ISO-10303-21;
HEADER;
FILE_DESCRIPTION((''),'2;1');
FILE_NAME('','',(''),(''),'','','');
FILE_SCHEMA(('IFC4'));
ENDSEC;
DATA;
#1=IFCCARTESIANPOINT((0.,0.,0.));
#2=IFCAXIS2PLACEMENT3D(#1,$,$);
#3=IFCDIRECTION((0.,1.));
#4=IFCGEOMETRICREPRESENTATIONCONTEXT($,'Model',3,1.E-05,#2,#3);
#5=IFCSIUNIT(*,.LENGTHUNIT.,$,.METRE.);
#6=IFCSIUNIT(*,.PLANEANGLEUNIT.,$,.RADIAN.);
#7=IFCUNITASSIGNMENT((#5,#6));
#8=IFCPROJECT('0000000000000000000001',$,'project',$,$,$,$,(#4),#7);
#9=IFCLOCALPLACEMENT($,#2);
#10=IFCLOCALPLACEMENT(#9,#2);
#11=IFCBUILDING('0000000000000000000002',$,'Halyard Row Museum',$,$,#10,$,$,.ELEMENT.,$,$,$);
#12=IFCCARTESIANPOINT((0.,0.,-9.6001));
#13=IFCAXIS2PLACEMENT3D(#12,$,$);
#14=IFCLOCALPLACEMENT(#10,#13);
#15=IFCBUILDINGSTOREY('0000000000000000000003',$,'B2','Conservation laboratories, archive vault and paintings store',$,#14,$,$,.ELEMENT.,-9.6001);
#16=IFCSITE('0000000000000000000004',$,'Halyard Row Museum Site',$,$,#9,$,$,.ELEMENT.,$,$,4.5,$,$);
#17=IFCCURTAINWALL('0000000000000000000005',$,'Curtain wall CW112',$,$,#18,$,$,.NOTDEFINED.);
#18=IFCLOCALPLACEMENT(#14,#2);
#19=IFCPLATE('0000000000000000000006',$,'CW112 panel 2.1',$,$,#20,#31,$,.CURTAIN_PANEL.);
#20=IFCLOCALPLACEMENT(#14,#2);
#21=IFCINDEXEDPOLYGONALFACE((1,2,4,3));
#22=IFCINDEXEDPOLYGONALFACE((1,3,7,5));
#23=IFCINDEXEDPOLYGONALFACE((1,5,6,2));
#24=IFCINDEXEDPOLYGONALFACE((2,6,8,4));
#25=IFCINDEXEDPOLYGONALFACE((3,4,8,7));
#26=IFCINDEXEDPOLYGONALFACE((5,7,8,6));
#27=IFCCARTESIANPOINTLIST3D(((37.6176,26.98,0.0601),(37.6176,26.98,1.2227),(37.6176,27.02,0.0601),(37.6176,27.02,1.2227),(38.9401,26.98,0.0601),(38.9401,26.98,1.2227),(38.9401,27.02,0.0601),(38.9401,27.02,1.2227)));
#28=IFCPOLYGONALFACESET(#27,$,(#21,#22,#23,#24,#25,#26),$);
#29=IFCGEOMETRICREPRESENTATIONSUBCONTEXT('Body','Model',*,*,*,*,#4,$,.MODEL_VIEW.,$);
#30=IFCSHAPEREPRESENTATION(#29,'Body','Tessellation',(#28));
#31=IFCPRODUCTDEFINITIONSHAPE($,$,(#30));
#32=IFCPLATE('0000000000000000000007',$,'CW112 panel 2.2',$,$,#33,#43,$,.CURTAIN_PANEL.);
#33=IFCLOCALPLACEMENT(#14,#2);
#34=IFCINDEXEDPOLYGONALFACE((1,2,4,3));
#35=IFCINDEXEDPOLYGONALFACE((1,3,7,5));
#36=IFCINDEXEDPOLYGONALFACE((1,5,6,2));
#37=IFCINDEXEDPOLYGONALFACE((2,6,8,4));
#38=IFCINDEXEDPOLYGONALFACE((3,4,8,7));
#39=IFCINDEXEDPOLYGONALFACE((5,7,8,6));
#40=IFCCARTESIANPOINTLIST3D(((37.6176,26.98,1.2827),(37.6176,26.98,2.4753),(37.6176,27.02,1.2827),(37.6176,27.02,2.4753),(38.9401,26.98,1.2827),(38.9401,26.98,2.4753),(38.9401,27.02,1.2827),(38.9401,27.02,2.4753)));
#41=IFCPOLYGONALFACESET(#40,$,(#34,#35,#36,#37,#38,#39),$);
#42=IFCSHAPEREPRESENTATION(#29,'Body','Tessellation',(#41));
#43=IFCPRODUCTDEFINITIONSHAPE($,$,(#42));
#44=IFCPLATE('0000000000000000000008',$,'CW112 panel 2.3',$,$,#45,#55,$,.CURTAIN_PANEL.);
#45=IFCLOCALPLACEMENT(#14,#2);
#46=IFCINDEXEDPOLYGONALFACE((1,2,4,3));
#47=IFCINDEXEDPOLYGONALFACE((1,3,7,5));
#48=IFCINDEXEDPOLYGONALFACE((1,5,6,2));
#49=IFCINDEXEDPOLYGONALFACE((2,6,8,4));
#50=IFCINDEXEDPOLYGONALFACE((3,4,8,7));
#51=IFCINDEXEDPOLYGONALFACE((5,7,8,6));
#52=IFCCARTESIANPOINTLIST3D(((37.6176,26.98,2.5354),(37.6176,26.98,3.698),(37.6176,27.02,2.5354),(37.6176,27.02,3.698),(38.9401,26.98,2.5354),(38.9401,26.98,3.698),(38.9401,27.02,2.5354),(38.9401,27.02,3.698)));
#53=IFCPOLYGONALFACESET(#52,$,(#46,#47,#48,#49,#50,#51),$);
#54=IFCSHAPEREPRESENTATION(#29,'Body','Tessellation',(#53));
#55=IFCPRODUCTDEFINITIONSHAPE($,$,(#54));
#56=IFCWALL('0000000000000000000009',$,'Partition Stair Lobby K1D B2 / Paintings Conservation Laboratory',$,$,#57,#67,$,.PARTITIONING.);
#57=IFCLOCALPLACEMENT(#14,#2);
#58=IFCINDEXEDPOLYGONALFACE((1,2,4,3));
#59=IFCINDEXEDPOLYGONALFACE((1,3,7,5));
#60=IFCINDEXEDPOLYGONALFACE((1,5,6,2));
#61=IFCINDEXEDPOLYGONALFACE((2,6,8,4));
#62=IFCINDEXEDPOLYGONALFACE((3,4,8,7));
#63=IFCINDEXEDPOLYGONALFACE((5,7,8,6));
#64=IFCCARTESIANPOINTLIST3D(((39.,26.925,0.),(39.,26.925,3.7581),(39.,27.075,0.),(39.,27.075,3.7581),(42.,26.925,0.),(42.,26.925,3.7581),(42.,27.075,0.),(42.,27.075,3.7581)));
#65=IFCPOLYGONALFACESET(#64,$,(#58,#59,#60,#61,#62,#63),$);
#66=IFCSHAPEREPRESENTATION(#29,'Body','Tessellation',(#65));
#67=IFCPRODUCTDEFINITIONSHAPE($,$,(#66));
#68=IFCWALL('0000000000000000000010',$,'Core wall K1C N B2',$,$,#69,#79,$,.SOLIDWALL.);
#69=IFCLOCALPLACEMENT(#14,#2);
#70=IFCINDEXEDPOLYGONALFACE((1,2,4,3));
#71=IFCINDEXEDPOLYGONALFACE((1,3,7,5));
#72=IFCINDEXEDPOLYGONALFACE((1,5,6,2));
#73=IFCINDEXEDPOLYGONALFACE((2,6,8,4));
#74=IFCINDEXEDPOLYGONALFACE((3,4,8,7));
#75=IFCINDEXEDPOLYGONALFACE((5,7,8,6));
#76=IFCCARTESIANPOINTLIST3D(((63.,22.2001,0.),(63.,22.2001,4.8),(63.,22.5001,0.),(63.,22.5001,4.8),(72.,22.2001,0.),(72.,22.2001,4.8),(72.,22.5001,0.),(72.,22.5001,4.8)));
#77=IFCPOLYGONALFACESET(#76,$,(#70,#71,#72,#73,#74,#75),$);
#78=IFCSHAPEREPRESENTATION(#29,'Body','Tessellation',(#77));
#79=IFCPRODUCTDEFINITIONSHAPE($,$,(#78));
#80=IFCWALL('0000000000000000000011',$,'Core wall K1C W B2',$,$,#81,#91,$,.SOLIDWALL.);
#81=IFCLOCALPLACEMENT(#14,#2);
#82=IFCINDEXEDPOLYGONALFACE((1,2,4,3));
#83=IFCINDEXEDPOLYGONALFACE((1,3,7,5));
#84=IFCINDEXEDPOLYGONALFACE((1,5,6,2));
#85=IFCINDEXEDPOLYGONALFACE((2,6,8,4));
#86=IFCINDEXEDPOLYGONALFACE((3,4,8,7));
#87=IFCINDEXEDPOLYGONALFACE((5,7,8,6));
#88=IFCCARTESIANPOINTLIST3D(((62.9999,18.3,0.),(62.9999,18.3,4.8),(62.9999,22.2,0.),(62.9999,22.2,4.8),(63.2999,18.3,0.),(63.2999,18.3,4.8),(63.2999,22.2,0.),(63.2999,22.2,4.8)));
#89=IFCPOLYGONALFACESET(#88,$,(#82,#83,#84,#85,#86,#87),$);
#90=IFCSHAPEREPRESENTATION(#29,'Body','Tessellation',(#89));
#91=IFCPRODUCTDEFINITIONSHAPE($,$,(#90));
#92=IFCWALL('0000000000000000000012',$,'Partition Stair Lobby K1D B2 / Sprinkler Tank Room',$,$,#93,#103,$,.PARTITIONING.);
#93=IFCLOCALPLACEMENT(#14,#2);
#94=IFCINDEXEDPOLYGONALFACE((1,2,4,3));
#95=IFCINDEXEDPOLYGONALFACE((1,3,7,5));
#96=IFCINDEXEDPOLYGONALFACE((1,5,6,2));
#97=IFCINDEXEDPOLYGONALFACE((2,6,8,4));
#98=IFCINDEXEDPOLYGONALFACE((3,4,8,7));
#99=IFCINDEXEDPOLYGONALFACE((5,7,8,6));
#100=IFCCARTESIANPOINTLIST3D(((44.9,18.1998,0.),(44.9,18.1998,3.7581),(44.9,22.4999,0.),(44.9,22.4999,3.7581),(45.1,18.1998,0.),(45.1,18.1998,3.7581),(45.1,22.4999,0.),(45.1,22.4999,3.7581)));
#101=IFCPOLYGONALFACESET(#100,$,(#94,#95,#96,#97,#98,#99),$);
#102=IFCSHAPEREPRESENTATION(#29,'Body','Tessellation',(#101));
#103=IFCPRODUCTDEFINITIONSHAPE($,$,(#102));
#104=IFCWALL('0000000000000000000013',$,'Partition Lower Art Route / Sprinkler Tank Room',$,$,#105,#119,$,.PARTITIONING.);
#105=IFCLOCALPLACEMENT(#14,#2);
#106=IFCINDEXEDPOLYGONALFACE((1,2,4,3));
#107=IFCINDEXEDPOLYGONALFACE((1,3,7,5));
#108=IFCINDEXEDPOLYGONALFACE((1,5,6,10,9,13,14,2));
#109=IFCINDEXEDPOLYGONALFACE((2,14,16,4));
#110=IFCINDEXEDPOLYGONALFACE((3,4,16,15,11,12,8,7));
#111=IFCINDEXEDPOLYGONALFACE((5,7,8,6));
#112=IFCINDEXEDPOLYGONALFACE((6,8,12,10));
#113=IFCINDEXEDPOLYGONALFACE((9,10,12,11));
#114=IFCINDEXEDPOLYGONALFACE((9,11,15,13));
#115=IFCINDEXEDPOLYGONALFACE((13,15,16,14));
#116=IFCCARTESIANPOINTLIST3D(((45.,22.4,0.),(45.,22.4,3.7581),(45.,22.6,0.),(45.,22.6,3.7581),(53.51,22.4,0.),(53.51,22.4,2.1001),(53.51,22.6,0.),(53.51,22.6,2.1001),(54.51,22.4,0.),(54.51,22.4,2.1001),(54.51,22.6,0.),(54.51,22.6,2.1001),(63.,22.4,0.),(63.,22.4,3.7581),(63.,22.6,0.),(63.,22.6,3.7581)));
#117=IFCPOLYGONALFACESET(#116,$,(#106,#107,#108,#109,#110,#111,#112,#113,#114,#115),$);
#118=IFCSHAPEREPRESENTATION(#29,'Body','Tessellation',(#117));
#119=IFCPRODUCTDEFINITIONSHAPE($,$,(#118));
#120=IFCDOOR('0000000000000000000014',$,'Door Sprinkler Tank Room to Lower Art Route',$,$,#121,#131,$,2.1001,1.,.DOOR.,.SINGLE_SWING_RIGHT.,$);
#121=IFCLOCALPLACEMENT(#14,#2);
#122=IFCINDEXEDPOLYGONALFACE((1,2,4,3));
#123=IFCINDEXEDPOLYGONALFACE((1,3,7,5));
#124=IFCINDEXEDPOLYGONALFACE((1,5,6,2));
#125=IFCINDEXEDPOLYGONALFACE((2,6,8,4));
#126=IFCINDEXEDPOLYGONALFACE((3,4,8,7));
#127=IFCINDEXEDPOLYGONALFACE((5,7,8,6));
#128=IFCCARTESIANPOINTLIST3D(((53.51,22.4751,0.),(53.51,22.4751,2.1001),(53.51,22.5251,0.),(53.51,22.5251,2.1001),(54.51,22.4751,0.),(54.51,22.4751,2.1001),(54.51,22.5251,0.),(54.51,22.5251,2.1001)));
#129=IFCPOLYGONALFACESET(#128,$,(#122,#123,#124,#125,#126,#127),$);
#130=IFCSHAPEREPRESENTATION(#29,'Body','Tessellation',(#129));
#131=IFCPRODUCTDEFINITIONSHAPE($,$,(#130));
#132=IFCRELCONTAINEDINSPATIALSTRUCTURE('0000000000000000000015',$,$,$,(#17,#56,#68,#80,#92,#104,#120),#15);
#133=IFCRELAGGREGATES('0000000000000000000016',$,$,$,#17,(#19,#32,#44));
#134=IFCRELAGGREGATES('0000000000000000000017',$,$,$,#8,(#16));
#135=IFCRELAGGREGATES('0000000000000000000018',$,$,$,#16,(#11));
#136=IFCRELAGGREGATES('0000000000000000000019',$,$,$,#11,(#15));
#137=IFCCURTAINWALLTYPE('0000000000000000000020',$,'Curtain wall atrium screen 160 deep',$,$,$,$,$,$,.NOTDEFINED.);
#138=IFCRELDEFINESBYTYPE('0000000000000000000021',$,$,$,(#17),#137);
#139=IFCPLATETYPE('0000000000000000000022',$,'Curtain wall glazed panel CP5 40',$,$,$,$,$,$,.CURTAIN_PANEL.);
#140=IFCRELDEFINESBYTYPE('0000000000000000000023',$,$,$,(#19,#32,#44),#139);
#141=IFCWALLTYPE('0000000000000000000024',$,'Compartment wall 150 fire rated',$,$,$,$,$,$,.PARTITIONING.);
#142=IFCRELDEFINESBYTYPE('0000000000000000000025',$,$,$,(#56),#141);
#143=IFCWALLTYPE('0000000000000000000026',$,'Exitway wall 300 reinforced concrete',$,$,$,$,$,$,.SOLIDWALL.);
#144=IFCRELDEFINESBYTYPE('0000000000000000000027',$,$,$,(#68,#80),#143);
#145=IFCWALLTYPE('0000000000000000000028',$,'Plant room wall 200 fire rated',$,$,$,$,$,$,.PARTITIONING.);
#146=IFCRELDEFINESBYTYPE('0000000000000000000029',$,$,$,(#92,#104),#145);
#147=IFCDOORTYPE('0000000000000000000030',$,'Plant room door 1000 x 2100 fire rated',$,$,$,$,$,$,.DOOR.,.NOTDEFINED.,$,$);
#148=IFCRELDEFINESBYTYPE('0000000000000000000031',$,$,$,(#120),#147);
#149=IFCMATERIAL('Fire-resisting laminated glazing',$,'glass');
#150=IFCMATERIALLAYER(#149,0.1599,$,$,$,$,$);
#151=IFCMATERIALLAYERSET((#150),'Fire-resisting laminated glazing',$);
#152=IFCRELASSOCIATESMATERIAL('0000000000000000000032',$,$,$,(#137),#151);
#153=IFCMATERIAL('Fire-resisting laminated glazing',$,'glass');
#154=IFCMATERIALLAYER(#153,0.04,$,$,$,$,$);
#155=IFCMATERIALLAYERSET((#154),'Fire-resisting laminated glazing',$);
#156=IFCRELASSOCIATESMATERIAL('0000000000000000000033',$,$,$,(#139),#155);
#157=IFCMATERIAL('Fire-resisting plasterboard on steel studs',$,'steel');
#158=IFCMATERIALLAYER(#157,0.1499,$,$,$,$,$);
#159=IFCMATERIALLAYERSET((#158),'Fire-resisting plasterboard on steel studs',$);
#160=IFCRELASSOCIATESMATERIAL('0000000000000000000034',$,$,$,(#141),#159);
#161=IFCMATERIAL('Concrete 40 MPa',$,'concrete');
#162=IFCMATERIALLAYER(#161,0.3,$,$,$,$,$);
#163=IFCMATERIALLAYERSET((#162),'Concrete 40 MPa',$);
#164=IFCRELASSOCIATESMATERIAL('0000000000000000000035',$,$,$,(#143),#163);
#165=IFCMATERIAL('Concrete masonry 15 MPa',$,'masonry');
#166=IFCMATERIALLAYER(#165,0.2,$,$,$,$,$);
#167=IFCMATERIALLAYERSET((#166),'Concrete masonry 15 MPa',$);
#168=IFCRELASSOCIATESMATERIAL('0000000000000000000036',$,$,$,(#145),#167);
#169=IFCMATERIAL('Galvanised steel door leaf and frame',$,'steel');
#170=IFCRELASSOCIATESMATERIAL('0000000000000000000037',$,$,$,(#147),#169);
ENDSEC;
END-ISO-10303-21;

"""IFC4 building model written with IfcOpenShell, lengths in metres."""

from ifc_helpers import new_model, si_unit, direction, frame, frame_2d, origin, origin_2d, place, context, subcontext, project, spatial, rectangle, extrude, material, layer, layer_set, type_object, element, fill, aggregate, save


model = new_model("IFC4")

# Units and contexts
model_context = context("Model", 3, precision=1e-05, world=origin(), true_north=direction((0.0, 1.0)))
body_context = subcontext(model_context, "Body", "Model", "MODEL_VIEW")
ifc_project = project(units=[si_unit("LENGTHUNIT", "METRE"), si_unit("PLANEANGLEUNIT", "RADIAN")], contexts=[model_context])

# Site, building, storey
site_placement = place(None, origin())
site = spatial("IfcSite", under=ifc_project, at=site_placement, Name="Halyard Row Museum Site", CompositionType="ELEMENT", RefElevation=4.5)
building_placement = place(site_placement, origin())
building = spatial("IfcBuilding", under=site, at=building_placement, Name="Halyard Row Museum", CompositionType="ELEMENT")
storey_placement = place(building_placement, frame((0.0, 0.0, -9.6001)))
storey = spatial("IfcBuildingStorey", under=building, at=storey_placement, Name="B2", Description="Conservation laboratories, archive vault and paintings store", CompositionType="ELEMENT", Elevation=-9.6001)

# Curtain wall
ifc_material_1 = material(Name="Fire-resisting laminated glazing", Category="glass")
ifc_layer_1 = layer(ifc_material_1, 0.1599)
ifc_layer_set_1 = layer_set([ifc_layer_1], Name="Fire-resisting laminated glazing")
curtain_wall_type = type_object("IfcCurtainWallType", Name="Curtain wall atrium screen 160 deep", PredefinedType="NOTDEFINED", material=ifc_layer_set_1)
curtain_wall_1_placement = place(storey_placement, origin())
curtain_wall_1 = element("IfcCurtainWall", 1, at=curtain_wall_1_placement, inside=storey, type_object=curtain_wall_type, Name="Curtain wall CW112", PredefinedType="NOTDEFINED")

# Plates
ifc_material_2 = material(Name="Fire-resisting laminated glazing", Category="glass")
ifc_layer_2 = layer(ifc_material_2, 0.04)
ifc_layer_set_2 = layer_set([ifc_layer_2], Name="Fire-resisting laminated glazing")
plate_type = type_object("IfcPlateType", Name="Curtain wall glazed panel CP5 40", PredefinedType="CURTAIN_PANEL", material=ifc_layer_set_2)
plate_1_placement = place(storey_placement, frame((38.2788, 27.0, 0.0601), z_axis=(0.0, 0.0, 1.0), x_axis=(1.0, 0.0, 0.0)))
plate_1 = element("IfcPlate", 2, at=plate_1_placement, type_object=plate_type, Name="CW112 panel 2.1", PredefinedType="CURTAIN_PANEL", context=body_context, shape_type="SweptSolid", body=[
    extrude(rectangle(XDim=1.3225, YDim=0.04, at=origin_2d()), origin(), (0.0, 0.0, 1.0), 1.1626),
])
plate_2_placement = place(storey_placement, frame((38.2788, 27.0, 1.2827), z_axis=(0.0, 0.0, 1.0), x_axis=(1.0, 0.0, 0.0)))
plate_2 = element("IfcPlate", 3, at=plate_2_placement, type_object=plate_type, Name="CW112 panel 2.2", PredefinedType="CURTAIN_PANEL", context=body_context, shape_type="SweptSolid", body=[
    extrude(rectangle(XDim=1.3225, YDim=0.04, at=origin_2d()), origin(), (0.0, 0.0, 1.0), 1.1926),
])
plate_3_placement = place(storey_placement, frame((38.2788, 27.0, 2.5354), z_axis=(0.0, 0.0, 1.0), x_axis=(1.0, 0.0, 0.0)))
plate_3 = element("IfcPlate", 4, at=plate_3_placement, type_object=plate_type, Name="CW112 panel 2.3", PredefinedType="CURTAIN_PANEL", context=body_context, shape_type="SweptSolid", body=[
    extrude(rectangle(XDim=1.3225, YDim=0.04, at=origin_2d()), origin(), (0.0, 0.0, 1.0), 1.1626),
])
aggregate(curtain_wall_1, [plate_1, plate_2, plate_3])

# Walls
ifc_material_3 = material(Name="Fire-resisting plasterboard on steel studs", Category="steel")
ifc_layer_3 = layer(ifc_material_3, 0.1499)
ifc_layer_set_3 = layer_set([ifc_layer_3], Name="Fire-resisting plasterboard on steel studs")
wall_type_1 = type_object("IfcWallType", Name="Compartment wall 150 fire rated", PredefinedType="PARTITIONING", material=ifc_layer_set_3)
wall_1_placement = place(storey_placement, frame((39.0, 27.0, 0.0), z_axis=(0.0, 0.0, 1.0), x_axis=(1.0, 0.0, 0.0)))
element("IfcWall", 5, at=wall_1_placement, inside=storey, type_object=wall_type_1, Name="Partition Stair Lobby K1D B2 / Paintings Conservation Laboratory", PredefinedType="PARTITIONING", context=body_context, shape_type="SweptSolid", body=[
    extrude(rectangle(XDim=3.0, YDim=0.1499, at=frame_2d((1.5, 0.0))), origin(), (0.0, 0.0, 1.0), 3.7581),
])
ifc_material_4 = material(Name="Concrete 40 MPa", Category="concrete")
ifc_layer_4 = layer(ifc_material_4, 0.3)
ifc_layer_set_4 = layer_set([ifc_layer_4], Name="Concrete 40 MPa")
wall_type_2 = type_object("IfcWallType", Name="Exitway wall 300 reinforced concrete", PredefinedType="SOLIDWALL", material=ifc_layer_set_4)
wall_2_placement = place(storey_placement, frame((63.0, 22.3501, 0.0), z_axis=(0.0, 0.0, 1.0), x_axis=(1.0, 0.0, 0.0)))
element("IfcWall", 6, at=wall_2_placement, inside=storey, type_object=wall_type_2, Name="Core wall K1C N B2", PredefinedType="SOLIDWALL", context=body_context, shape_type="SweptSolid", body=[
    extrude(rectangle(XDim=9.0, YDim=0.3, at=frame_2d((4.5, 0.0))), origin(), (0.0, 0.0, 1.0), 4.8),
])
wall_3_placement = place(storey_placement, frame((63.1499, 18.3, 0.0), z_axis=(0.0, 0.0, 1.0), x_axis=(0.0, 1.0, 0.0)))
element("IfcWall", 7, at=wall_3_placement, inside=storey, type_object=wall_type_2, Name="Core wall K1C W B2", PredefinedType="SOLIDWALL", context=body_context, shape_type="SweptSolid", body=[
    extrude(rectangle(XDim=3.8999, YDim=0.3, at=frame_2d((1.95, 0.0))), origin(), (0.0, 0.0, 1.0), 4.8),
])
ifc_material_5 = material(Name="Concrete masonry 15 MPa", Category="masonry")
ifc_layer_5 = layer(ifc_material_5, 0.2)
ifc_layer_set_5 = layer_set([ifc_layer_5], Name="Concrete masonry 15 MPa")
wall_type_3 = type_object("IfcWallType", Name="Plant room wall 200 fire rated", PredefinedType="PARTITIONING", material=ifc_layer_set_5)
wall_4_placement = place(storey_placement, frame((45.0, 18.2, 0.0), z_axis=(0.0, 0.0, 1.0), x_axis=(0.0, 1.0, 0.0)))
element("IfcWall", 8, at=wall_4_placement, inside=storey, type_object=wall_type_3, Name="Partition Stair Lobby K1D B2 / Sprinkler Tank Room", PredefinedType="PARTITIONING", context=body_context, shape_type="SweptSolid", body=[
    extrude(rectangle(XDim=4.3, YDim=0.2, at=frame_2d((2.1499, 0.0))), origin(), (0.0, 0.0, 1.0), 3.7581),
])

# Wall, opening, door
wall_5_placement = place(storey_placement, frame((45.0, 22.5, 0.0), z_axis=(0.0, 0.0, 1.0), x_axis=(1.0, 0.0, 0.0)))
wall_5 = element("IfcWall", 9, at=wall_5_placement, inside=storey, type_object=wall_type_3, Name="Partition Lower Art Route / Sprinkler Tank Room", PredefinedType="PARTITIONING", context=body_context, shape_type="SweptSolid", body=[
    extrude(rectangle(XDim=18.0, YDim=0.2, at=frame_2d((9.0, 0.0))), origin(), (0.0, 0.0, 1.0), 3.7581),
])
opening_placement = place(wall_5_placement, frame((8.51, 0.0, 0.0)))
opening = element("IfcOpeningElement", 10, at=opening_placement, cuts=wall_5, PredefinedType="OPENING", context=body_context, shape_type="SweptSolid", body=[
    extrude(rectangle(XDim=1.0, YDim=2.1001, at=frame_2d((0.5, 1.05))), frame((0.0, 0.1099, 0.0), z_axis=(0.0, -1.0, 0.0), x_axis=(1.0, 0.0, 0.0)), (0.0, 0.0, 1.0), 0.22),
])
ifc_material_6 = material(Name="Galvanised steel door leaf and frame", Category="steel")
door_type = type_object("IfcDoorType", Name="Plant room door 1000 x 2100 fire rated", OperationType="NOTDEFINED", PredefinedType="DOOR", material=ifc_material_6)
door_placement = place(opening_placement, frame((1.0, 0.0, 0.0), z_axis=(0.0, 0.0, 1.0), x_axis=(-1.0, 0.0, 0.0)))
door = element("IfcDoor", 11, at=door_placement, inside=storey, type_object=door_type, Name="Door Sprinkler Tank Room to Lower Art Route", OperationType="SINGLE_SWING_RIGHT", OverallHeight=2.1001, OverallWidth=1.0, PredefinedType="DOOR", context=body_context, shape_type="SweptSolid", body=[
    extrude(rectangle(XDim=1.0, YDim=2.1001, at=frame_2d((0.5, 1.05))), frame((0.0, 0.0249, 0.0), z_axis=(0.0, -1.0, 0.0), x_axis=(1.0, 0.0, 0.0)), (0.0, 0.0, 1.0), 0.05),
])
fill(opening, door)

save(model, "model.ifc")
